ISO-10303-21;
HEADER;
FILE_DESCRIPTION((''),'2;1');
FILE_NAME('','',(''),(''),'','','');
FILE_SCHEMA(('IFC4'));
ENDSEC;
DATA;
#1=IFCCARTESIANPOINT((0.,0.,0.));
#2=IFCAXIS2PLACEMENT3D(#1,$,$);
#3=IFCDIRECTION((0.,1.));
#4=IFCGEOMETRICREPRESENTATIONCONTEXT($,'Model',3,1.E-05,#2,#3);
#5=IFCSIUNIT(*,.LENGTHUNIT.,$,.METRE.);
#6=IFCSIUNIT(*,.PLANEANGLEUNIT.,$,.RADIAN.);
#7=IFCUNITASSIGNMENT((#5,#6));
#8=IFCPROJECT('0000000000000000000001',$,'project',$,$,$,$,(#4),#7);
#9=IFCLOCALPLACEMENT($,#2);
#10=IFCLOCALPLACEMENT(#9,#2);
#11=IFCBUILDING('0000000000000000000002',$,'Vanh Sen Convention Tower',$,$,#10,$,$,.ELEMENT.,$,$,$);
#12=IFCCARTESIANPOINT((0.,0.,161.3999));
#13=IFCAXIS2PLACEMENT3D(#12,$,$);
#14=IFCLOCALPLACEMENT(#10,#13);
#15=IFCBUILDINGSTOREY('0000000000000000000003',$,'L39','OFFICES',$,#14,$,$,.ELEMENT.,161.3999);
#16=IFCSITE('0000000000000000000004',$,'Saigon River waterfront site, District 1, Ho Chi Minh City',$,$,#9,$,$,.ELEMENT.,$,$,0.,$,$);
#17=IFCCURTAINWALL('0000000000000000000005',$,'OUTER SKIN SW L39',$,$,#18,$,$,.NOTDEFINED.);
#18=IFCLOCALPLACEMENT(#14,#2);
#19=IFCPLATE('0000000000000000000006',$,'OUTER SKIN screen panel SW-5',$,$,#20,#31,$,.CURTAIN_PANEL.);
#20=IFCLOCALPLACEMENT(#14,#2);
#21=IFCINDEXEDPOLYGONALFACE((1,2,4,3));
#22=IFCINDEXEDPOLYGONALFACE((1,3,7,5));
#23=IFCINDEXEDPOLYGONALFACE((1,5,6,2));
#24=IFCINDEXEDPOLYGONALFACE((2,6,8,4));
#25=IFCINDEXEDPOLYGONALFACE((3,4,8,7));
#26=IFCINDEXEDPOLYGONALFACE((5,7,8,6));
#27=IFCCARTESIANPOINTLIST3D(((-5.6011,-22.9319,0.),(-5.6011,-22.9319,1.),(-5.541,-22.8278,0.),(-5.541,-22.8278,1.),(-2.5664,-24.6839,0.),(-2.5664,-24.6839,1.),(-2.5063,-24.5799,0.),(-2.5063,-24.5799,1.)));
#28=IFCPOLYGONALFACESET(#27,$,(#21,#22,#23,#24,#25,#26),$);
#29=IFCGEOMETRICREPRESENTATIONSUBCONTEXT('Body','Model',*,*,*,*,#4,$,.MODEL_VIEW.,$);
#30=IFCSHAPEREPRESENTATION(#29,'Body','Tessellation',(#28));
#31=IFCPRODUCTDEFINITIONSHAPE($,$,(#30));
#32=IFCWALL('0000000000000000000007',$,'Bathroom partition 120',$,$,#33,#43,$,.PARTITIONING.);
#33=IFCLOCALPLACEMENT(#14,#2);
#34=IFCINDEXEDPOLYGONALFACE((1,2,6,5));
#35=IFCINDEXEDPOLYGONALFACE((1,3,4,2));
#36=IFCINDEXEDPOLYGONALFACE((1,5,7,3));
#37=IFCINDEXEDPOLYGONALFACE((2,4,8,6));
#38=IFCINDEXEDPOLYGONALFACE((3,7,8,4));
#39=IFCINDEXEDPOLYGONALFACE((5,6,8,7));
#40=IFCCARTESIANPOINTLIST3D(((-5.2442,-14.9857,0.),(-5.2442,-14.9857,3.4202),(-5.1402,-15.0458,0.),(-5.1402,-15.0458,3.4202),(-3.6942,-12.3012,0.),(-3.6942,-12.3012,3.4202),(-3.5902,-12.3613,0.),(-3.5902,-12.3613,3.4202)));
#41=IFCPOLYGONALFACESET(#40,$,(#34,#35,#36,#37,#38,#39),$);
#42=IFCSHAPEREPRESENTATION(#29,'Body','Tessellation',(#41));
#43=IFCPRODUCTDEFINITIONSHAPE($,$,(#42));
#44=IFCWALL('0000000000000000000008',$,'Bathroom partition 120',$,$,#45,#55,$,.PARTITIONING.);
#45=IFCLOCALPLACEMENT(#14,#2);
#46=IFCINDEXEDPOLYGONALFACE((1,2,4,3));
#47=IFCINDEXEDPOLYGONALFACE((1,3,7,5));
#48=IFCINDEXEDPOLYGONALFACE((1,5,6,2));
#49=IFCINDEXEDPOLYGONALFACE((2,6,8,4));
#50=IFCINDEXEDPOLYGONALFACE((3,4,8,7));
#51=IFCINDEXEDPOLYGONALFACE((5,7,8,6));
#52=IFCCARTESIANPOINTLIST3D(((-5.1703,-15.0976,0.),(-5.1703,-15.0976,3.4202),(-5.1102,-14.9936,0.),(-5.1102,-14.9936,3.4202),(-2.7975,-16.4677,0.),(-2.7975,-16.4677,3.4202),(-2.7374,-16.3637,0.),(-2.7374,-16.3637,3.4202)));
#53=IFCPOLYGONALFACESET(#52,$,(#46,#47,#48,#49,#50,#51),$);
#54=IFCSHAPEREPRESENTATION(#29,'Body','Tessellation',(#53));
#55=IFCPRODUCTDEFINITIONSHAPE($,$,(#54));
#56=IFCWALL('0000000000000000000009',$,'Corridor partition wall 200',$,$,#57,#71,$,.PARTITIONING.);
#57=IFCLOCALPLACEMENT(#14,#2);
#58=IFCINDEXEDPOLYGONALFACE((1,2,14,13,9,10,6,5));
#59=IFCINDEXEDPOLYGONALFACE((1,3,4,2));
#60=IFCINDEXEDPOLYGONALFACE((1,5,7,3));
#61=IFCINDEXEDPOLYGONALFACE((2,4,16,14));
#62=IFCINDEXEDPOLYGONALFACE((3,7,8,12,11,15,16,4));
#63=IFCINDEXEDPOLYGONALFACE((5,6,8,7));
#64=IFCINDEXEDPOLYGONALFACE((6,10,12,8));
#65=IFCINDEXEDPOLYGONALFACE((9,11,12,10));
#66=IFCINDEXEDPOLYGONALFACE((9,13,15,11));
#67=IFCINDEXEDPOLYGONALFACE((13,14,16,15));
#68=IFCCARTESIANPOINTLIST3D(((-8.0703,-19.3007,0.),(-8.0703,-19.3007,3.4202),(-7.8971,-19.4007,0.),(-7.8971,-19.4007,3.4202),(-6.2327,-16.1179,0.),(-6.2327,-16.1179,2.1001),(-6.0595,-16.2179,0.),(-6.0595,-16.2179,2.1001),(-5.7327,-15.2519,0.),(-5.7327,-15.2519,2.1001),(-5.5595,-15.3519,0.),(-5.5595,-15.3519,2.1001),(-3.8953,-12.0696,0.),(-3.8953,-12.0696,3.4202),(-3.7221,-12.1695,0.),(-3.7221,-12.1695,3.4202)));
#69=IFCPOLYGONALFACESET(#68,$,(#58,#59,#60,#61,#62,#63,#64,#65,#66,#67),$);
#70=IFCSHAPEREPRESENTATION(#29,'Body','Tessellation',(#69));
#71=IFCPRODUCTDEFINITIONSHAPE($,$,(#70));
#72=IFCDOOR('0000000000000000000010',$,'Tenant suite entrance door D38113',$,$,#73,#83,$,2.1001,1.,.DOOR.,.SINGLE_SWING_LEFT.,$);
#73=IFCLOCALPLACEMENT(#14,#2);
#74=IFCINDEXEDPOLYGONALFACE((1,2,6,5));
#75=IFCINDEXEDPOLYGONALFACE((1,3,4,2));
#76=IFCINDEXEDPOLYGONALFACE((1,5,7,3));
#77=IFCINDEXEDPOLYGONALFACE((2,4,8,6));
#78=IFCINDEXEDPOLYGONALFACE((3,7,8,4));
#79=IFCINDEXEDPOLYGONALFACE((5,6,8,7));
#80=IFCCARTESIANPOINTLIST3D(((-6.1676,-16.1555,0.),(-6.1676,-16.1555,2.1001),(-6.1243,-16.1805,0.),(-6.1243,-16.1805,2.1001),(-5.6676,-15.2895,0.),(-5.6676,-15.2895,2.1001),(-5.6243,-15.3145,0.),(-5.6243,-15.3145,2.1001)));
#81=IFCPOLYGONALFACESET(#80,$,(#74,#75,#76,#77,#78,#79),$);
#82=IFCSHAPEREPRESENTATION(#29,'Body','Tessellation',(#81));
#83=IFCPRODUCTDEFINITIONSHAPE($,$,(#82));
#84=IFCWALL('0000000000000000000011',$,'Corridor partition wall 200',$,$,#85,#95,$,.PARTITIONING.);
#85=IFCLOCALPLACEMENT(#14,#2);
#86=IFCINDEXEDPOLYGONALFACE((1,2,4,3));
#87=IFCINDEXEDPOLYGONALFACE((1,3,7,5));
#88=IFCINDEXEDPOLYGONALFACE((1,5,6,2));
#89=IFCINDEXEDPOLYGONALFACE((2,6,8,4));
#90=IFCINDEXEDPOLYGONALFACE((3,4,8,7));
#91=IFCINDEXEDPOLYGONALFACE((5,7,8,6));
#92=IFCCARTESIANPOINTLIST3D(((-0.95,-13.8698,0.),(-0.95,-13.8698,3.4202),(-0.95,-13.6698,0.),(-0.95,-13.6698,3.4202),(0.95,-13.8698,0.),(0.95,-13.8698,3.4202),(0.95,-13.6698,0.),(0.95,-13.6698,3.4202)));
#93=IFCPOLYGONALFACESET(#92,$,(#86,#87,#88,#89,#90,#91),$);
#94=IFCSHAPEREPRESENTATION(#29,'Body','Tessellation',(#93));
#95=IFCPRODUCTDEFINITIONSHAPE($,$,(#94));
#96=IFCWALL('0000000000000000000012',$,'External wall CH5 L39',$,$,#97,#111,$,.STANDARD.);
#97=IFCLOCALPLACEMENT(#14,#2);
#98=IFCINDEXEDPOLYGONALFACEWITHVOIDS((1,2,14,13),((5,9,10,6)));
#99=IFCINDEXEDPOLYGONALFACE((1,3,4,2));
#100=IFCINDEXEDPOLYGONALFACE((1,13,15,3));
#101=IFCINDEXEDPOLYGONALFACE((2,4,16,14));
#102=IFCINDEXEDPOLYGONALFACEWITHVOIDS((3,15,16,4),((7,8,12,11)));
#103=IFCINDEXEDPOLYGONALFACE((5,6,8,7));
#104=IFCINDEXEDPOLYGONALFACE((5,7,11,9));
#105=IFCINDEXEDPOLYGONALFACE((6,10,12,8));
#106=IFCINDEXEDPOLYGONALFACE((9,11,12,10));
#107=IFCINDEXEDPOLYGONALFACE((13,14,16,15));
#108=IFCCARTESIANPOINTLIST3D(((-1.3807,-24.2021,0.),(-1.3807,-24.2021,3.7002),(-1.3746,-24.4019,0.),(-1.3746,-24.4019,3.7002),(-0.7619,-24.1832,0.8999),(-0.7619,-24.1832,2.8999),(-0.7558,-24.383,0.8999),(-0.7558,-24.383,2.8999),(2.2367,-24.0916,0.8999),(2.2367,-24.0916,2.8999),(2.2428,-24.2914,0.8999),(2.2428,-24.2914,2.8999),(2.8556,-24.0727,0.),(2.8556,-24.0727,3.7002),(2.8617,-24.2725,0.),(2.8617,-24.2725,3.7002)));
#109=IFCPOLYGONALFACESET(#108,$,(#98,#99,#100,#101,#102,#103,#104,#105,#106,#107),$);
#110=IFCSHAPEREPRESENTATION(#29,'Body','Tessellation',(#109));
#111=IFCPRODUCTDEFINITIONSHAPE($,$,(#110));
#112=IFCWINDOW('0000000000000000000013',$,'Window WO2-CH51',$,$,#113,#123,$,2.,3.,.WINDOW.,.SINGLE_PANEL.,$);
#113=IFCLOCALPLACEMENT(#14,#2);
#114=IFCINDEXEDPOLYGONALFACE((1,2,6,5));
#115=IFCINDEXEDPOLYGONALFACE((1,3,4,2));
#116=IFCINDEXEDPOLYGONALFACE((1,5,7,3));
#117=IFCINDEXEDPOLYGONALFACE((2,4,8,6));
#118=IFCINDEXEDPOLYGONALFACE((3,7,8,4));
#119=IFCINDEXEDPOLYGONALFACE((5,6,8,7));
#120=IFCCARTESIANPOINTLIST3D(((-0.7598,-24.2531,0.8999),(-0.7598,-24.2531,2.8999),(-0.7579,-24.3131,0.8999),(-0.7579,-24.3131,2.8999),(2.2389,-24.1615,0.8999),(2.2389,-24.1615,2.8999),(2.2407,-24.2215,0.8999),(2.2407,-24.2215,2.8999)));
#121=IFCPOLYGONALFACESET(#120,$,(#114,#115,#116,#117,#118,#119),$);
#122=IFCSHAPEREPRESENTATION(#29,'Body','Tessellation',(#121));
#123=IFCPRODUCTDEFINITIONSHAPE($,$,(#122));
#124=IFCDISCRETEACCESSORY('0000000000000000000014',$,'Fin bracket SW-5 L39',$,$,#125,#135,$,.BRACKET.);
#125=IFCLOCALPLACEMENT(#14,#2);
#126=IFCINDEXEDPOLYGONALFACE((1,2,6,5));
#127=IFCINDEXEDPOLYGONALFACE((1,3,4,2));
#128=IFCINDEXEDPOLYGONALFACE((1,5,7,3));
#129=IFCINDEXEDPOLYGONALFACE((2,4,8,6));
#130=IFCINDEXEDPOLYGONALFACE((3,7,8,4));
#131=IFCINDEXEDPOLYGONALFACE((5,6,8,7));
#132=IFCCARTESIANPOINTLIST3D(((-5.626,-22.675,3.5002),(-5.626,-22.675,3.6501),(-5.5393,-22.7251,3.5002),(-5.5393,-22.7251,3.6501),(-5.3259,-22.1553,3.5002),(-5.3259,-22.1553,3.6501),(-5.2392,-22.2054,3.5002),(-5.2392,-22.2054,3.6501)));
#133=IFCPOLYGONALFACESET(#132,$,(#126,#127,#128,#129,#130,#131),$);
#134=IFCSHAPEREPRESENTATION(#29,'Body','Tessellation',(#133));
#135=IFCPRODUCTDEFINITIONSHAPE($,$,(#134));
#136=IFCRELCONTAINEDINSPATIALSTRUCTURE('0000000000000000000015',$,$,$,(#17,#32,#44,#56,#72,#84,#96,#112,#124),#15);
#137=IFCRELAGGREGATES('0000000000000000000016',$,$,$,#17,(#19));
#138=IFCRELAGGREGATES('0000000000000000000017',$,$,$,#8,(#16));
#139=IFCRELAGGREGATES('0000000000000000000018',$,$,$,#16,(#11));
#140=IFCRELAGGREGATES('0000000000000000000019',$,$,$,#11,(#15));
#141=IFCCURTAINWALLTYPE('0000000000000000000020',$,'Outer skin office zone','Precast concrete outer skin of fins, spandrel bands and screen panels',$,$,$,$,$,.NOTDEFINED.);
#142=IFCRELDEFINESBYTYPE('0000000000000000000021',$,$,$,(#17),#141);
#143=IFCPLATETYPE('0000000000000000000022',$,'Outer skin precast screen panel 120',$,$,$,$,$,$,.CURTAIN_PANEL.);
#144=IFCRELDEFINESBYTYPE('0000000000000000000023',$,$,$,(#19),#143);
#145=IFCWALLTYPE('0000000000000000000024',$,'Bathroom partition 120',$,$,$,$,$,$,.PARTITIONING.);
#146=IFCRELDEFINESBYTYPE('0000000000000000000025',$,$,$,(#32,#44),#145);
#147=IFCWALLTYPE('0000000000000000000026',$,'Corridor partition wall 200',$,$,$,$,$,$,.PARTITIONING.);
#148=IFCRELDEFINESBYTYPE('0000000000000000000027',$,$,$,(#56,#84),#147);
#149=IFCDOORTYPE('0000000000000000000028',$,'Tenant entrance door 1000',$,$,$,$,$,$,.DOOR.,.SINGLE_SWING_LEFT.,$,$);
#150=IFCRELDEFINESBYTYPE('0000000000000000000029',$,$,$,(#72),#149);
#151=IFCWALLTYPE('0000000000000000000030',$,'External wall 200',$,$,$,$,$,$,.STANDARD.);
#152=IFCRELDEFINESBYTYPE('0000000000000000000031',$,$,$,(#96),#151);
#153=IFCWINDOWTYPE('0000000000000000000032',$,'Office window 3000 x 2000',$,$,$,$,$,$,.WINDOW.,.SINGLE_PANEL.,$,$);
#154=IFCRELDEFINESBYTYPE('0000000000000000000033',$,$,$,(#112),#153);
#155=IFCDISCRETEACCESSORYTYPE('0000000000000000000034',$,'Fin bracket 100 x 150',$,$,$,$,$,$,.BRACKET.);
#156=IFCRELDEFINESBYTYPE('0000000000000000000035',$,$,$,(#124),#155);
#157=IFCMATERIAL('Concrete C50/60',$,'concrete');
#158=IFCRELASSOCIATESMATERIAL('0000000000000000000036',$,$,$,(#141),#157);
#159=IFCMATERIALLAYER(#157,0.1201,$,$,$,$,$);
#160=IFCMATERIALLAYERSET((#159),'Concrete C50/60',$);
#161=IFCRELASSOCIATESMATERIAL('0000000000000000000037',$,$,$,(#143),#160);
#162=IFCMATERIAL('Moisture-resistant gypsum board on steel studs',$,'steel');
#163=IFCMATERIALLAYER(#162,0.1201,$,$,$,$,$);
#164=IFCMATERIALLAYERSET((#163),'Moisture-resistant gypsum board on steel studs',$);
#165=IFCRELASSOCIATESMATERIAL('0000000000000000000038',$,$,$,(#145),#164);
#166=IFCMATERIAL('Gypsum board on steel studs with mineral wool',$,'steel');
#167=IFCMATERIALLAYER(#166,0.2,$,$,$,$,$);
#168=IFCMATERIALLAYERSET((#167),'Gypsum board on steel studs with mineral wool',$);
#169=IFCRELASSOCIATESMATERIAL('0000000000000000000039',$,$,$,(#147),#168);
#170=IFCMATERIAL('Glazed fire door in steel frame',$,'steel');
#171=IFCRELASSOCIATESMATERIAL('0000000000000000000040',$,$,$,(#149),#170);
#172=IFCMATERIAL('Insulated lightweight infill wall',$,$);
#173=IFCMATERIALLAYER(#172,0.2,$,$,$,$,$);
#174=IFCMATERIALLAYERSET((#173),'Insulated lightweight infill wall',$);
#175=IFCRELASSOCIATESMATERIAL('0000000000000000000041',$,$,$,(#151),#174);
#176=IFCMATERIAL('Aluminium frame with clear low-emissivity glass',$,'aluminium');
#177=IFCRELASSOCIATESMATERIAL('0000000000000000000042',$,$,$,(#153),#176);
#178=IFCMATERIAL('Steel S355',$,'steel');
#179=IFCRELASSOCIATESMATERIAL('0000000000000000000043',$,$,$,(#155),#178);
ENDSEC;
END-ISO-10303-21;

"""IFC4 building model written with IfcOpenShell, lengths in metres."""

from ifc_helpers import new_model, si_unit, direction, frame, frame_2d, origin, origin_2d, place, context, subcontext, project, spatial, rectangle, extrude, material, layer, layer_set, type_object, element, fill, aggregate, save


model = new_model("IFC4")

# Units and contexts
model_context = context("Model", 3, precision=1e-05, world=origin(), true_north=direction((0.0, 1.0)))
body_context = subcontext(model_context, "Body", "Model", "MODEL_VIEW")
ifc_project = project(units=[si_unit("LENGTHUNIT", "METRE"), si_unit("PLANEANGLEUNIT", "RADIAN")], contexts=[model_context])

# Site, building, storey
site_placement = place(None, origin())
site = spatial("IfcSite", under=ifc_project, at=site_placement, Name="Saigon River waterfront site, District 1, Ho Chi Minh City", CompositionType="ELEMENT", RefElevation=0.0)
building_placement = place(site_placement, origin())
building = spatial("IfcBuilding", under=site, at=building_placement, Name="Vanh Sen Convention Tower", CompositionType="ELEMENT")
storey_placement = place(building_placement, frame((0.0, 0.0, 161.3999)))
storey = spatial("IfcBuildingStorey", under=building, at=storey_placement, Name="L39", Description="OFFICES", CompositionType="ELEMENT", Elevation=161.3999)

# Curtain wall
ifc_material_1 = material(Name="Concrete C50/60", Category="concrete")
curtain_wall_type = type_object("IfcCurtainWallType", Name="Outer skin office zone", Description="Precast concrete outer skin of fins, spandrel bands and screen panels", PredefinedType="NOTDEFINED", material=ifc_material_1)
curtain_wall_1_placement = place(storey_placement, origin())
curtain_wall_1 = element("IfcCurtainWall", 1, at=curtain_wall_1_placement, inside=storey, type_object=curtain_wall_type, Name="OUTER SKIN SW L39", PredefinedType="NOTDEFINED")

# Plate
ifc_layer_1 = layer(ifc_material_1, 0.1201)
ifc_layer_set_1 = layer_set([ifc_layer_1], Name="Concrete C50/60")
plate_type = type_object("IfcPlateType", Name="Outer skin precast screen panel 120", PredefinedType="CURTAIN_PANEL", material=ifc_layer_set_1)
plate_1_placement = place(storey_placement, frame((-4.0537, -23.7559, 0.0), z_axis=(0.0, 0.0, 1.0), x_axis=(0.866035, -0.499983, 0.0)))
plate_1 = element("IfcPlate", 2, at=plate_1_placement, type_object=plate_type, Name="OUTER SKIN screen panel SW-5", PredefinedType="CURTAIN_PANEL", context=body_context, shape_type="SweptSolid", body=[
    extrude(rectangle(XDim=3.5042, YDim=0.1201, at=origin_2d()), origin(), (0.0, 0.0, 1.0), 1.0),
])
aggregate(curtain_wall_1, [plate_1])

# Walls
ifc_material_2 = material(Name="Moisture-resistant gypsum board on steel studs", Category="steel")
ifc_layer_2 = layer(ifc_material_2, 0.1201)
ifc_layer_set_2 = layer_set([ifc_layer_2], Name="Moisture-resistant gypsum board on steel studs")
wall_type_1 = type_object("IfcWallType", Name="Bathroom partition 120", PredefinedType="PARTITIONING", material=ifc_layer_set_2)
wall_1_placement = place(storey_placement, frame((-5.1921, -15.0156, 0.0), z_axis=(0.0, 0.0, 1.0), x_axis=(0.500027, 0.86601, 0.0)))
element("IfcWall", 3, at=wall_1_placement, inside=storey, type_object=wall_type_1, Name="Bathroom partition 120", PredefinedType="PARTITIONING", context=body_context, shape_type="SweptSolid", body=[
    extrude(rectangle(XDim=3.0999, YDim=0.1201, at=frame_2d((1.5498, 0.0))), origin(), (0.0, 0.0, 1.0), 3.4202),
])
wall_2_placement = place(storey_placement, frame((-2.7673, -16.4158, 0.0), z_axis=(0.0, 0.0, 1.0), x_axis=(-0.865997, 0.500049, 0.0)))
element("IfcWall", 4, at=wall_2_placement, inside=storey, type_object=wall_type_1, Name="Bathroom partition 120", PredefinedType="PARTITIONING", context=body_context, shape_type="SweptSolid", body=[
    extrude(rectangle(XDim=2.74, YDim=0.1201, at=frame_2d((1.3701, 0.0))), origin(), (0.0, 0.0, 1.0), 3.4202),
])

# Wall, opening, door
ifc_material_3 = material(Name="Gypsum board on steel studs with mineral wool", Category="steel")
ifc_layer_3 = layer(ifc_material_3, 0.2)
ifc_layer_set_3 = layer_set([ifc_layer_3], Name="Gypsum board on steel studs with mineral wool")
wall_type_2 = type_object("IfcWallType", Name="Corridor partition wall 200", PredefinedType="PARTITIONING", material=ifc_layer_set_3)
wall_3_placement = place(storey_placement, frame((-7.9836, -19.3506, 0.0), z_axis=(0.0, 0.0, 1.0), x_axis=(0.50001, 0.86602, 0.0)))
wall_3 = element("IfcWall", 5, at=wall_3_placement, inside=storey, type_object=wall_type_2, Name="Corridor partition wall 200", PredefinedType="PARTITIONING", context=body_context, shape_type="SweptSolid", body=[
    extrude(rectangle(XDim=8.3499, YDim=0.2, at=frame_2d((4.1748, 0.0))), origin(), (0.0, 0.0, 1.0), 3.4202),
])
opening_1_placement = place(wall_3_placement, frame((3.675, 0.0, 0.0)))
opening_1 = element("IfcOpeningElement", 6, at=opening_1_placement, cuts=wall_3, PredefinedType="OPENING", context=body_context, shape_type="SweptSolid", body=[
    extrude(rectangle(XDim=1.0, YDim=2.1001, at=frame_2d((0.5, 1.05))), frame((0.0, 0.1099, 0.0), z_axis=(0.0, -1.0, 0.0), x_axis=(1.0, 0.0, 0.0)), (0.0, 0.0, 1.0), 0.22),
])
ifc_material_4 = material(Name="Glazed fire door in steel frame", Category="steel")
door_type = type_object("IfcDoorType", Name="Tenant entrance door 1000", OperationType="SINGLE_SWING_LEFT", PredefinedType="DOOR", material=ifc_material_4)
door_placement = place(opening_1_placement, origin())
door = element("IfcDoor", 7, at=door_placement, inside=storey, type_object=door_type, Name="Tenant suite entrance door D38113", OperationType="SINGLE_SWING_LEFT", OverallHeight=2.1001, OverallWidth=1.0, PredefinedType="DOOR", context=body_context, shape_type="SweptSolid", body=[
    extrude(rectangle(XDim=1.0, YDim=2.1001, at=frame_2d((0.5, 1.05))), frame((0.0, 0.0249, 0.0), z_axis=(0.0, -1.0, 0.0), x_axis=(1.0, 0.0, 0.0)), (0.0, 0.0, 1.0), 0.05),
])
fill(opening_1, door)

# Wall
wall_4_placement = place(storey_placement, frame((-0.95, -13.7698, 0.0), z_axis=(0.0, 0.0, 1.0), x_axis=(1.0, 0.0, 0.0)))
element("IfcWall", 8, at=wall_4_placement, inside=storey, type_object=wall_type_2, Name="Corridor partition wall 200", PredefinedType="PARTITIONING", context=body_context, shape_type="SweptSolid", body=[
    extrude(rectangle(XDim=1.8999, YDim=0.2, at=frame_2d((0.95, 0.0))), origin(), (0.0, 0.0, 1.0), 3.4202),
])

# Wall, opening, window
ifc_material_5 = material(Name="Insulated lightweight infill wall")
ifc_layer_4 = layer(ifc_material_5, 0.2)
ifc_layer_set_4 = layer_set([ifc_layer_4], Name="Insulated lightweight infill wall")
wall_type_3 = type_object("IfcWallType", Name="External wall 200", PredefinedType="STANDARD", material=ifc_layer_set_4)
wall_5_placement = place(storey_placement, frame((-1.3777, -24.302, 0.0), z_axis=(0.0, 0.0, 1.0), x_axis=(0.999534, 0.03053, 0.0)))
wall_5 = element("IfcWall", 9, at=wall_5_placement, inside=storey, type_object=wall_type_3, Name="External wall CH5 L39", PredefinedType="STANDARD", context=body_context, shape_type="SweptSolid", body=[
    extrude(rectangle(XDim=4.2383, YDim=0.2, at=frame_2d((2.1191, 0.0))), origin(), (0.0, 0.0, 1.0), 3.7002),
])
opening_2_placement = place(wall_5_placement, frame((0.6191, 0.0, 0.8999)))
opening_2 = element("IfcOpeningElement", 10, at=opening_2_placement, cuts=wall_5, PredefinedType="OPENING", context=body_context, shape_type="SweptSolid", body=[
    extrude(rectangle(XDim=3.0, YDim=2.0, at=frame_2d((1.5, 1.0))), frame((0.0, 0.1099, 0.0), z_axis=(0.0, -1.0, 0.0), x_axis=(1.0, 0.0, 0.0)), (0.0, 0.0, 1.0), 0.22),
])
ifc_material_6 = material(Name="Aluminium frame with clear low-emissivity glass", Category="aluminium")
window_type = type_object("IfcWindowType", Name="Office window 3000 x 2000", PartitioningType="SINGLE_PANEL", PredefinedType="WINDOW", material=ifc_material_6)
window_placement = place(opening_2_placement, origin())
window = element("IfcWindow", 11, at=window_placement, inside=storey, type_object=window_type, Name="Window WO2-CH51", OverallHeight=2.0, OverallWidth=3.0, PartitioningType="SINGLE_PANEL", PredefinedType="WINDOW", context=body_context, shape_type="SweptSolid", body=[
    extrude(rectangle(XDim=3.0, YDim=2.0, at=frame_2d((1.5, 1.0))), frame((0.0, 0.03, 0.0), z_axis=(0.0, -1.0, 0.0), x_axis=(1.0, 0.0, 0.0)), (0.0, 0.0, 1.0), 0.0601),
])
fill(opening_2, window)

# Discrete accessory
ifc_material_7 = material(Name="Steel S355", Category="steel")
discrete_accessory_type = type_object("IfcDiscreteAccessoryType", Name="Fin bracket 100 x 150", PredefinedType="BRACKET", material=ifc_material_7)
discrete_accessory_placement = place(storey_placement, frame((-5.4326, -22.4402, 3.5002), z_axis=(0.0, 0.0, 1.0), x_axis=(-0.5, -0.866025, 0.0)))
element("IfcDiscreteAccessory", 12, at=discrete_accessory_placement, inside=storey, type_object=discrete_accessory_type, Name="Fin bracket SW-5 L39", PredefinedType="BRACKET", context=body_context, shape_type="SweptSolid", body=[
    extrude(rectangle(XDim=0.6001, YDim=0.1001, at=origin_2d()), origin(), (0.0, 0.0, 1.0), 0.1499),
])

save(model, "model.ifc")
